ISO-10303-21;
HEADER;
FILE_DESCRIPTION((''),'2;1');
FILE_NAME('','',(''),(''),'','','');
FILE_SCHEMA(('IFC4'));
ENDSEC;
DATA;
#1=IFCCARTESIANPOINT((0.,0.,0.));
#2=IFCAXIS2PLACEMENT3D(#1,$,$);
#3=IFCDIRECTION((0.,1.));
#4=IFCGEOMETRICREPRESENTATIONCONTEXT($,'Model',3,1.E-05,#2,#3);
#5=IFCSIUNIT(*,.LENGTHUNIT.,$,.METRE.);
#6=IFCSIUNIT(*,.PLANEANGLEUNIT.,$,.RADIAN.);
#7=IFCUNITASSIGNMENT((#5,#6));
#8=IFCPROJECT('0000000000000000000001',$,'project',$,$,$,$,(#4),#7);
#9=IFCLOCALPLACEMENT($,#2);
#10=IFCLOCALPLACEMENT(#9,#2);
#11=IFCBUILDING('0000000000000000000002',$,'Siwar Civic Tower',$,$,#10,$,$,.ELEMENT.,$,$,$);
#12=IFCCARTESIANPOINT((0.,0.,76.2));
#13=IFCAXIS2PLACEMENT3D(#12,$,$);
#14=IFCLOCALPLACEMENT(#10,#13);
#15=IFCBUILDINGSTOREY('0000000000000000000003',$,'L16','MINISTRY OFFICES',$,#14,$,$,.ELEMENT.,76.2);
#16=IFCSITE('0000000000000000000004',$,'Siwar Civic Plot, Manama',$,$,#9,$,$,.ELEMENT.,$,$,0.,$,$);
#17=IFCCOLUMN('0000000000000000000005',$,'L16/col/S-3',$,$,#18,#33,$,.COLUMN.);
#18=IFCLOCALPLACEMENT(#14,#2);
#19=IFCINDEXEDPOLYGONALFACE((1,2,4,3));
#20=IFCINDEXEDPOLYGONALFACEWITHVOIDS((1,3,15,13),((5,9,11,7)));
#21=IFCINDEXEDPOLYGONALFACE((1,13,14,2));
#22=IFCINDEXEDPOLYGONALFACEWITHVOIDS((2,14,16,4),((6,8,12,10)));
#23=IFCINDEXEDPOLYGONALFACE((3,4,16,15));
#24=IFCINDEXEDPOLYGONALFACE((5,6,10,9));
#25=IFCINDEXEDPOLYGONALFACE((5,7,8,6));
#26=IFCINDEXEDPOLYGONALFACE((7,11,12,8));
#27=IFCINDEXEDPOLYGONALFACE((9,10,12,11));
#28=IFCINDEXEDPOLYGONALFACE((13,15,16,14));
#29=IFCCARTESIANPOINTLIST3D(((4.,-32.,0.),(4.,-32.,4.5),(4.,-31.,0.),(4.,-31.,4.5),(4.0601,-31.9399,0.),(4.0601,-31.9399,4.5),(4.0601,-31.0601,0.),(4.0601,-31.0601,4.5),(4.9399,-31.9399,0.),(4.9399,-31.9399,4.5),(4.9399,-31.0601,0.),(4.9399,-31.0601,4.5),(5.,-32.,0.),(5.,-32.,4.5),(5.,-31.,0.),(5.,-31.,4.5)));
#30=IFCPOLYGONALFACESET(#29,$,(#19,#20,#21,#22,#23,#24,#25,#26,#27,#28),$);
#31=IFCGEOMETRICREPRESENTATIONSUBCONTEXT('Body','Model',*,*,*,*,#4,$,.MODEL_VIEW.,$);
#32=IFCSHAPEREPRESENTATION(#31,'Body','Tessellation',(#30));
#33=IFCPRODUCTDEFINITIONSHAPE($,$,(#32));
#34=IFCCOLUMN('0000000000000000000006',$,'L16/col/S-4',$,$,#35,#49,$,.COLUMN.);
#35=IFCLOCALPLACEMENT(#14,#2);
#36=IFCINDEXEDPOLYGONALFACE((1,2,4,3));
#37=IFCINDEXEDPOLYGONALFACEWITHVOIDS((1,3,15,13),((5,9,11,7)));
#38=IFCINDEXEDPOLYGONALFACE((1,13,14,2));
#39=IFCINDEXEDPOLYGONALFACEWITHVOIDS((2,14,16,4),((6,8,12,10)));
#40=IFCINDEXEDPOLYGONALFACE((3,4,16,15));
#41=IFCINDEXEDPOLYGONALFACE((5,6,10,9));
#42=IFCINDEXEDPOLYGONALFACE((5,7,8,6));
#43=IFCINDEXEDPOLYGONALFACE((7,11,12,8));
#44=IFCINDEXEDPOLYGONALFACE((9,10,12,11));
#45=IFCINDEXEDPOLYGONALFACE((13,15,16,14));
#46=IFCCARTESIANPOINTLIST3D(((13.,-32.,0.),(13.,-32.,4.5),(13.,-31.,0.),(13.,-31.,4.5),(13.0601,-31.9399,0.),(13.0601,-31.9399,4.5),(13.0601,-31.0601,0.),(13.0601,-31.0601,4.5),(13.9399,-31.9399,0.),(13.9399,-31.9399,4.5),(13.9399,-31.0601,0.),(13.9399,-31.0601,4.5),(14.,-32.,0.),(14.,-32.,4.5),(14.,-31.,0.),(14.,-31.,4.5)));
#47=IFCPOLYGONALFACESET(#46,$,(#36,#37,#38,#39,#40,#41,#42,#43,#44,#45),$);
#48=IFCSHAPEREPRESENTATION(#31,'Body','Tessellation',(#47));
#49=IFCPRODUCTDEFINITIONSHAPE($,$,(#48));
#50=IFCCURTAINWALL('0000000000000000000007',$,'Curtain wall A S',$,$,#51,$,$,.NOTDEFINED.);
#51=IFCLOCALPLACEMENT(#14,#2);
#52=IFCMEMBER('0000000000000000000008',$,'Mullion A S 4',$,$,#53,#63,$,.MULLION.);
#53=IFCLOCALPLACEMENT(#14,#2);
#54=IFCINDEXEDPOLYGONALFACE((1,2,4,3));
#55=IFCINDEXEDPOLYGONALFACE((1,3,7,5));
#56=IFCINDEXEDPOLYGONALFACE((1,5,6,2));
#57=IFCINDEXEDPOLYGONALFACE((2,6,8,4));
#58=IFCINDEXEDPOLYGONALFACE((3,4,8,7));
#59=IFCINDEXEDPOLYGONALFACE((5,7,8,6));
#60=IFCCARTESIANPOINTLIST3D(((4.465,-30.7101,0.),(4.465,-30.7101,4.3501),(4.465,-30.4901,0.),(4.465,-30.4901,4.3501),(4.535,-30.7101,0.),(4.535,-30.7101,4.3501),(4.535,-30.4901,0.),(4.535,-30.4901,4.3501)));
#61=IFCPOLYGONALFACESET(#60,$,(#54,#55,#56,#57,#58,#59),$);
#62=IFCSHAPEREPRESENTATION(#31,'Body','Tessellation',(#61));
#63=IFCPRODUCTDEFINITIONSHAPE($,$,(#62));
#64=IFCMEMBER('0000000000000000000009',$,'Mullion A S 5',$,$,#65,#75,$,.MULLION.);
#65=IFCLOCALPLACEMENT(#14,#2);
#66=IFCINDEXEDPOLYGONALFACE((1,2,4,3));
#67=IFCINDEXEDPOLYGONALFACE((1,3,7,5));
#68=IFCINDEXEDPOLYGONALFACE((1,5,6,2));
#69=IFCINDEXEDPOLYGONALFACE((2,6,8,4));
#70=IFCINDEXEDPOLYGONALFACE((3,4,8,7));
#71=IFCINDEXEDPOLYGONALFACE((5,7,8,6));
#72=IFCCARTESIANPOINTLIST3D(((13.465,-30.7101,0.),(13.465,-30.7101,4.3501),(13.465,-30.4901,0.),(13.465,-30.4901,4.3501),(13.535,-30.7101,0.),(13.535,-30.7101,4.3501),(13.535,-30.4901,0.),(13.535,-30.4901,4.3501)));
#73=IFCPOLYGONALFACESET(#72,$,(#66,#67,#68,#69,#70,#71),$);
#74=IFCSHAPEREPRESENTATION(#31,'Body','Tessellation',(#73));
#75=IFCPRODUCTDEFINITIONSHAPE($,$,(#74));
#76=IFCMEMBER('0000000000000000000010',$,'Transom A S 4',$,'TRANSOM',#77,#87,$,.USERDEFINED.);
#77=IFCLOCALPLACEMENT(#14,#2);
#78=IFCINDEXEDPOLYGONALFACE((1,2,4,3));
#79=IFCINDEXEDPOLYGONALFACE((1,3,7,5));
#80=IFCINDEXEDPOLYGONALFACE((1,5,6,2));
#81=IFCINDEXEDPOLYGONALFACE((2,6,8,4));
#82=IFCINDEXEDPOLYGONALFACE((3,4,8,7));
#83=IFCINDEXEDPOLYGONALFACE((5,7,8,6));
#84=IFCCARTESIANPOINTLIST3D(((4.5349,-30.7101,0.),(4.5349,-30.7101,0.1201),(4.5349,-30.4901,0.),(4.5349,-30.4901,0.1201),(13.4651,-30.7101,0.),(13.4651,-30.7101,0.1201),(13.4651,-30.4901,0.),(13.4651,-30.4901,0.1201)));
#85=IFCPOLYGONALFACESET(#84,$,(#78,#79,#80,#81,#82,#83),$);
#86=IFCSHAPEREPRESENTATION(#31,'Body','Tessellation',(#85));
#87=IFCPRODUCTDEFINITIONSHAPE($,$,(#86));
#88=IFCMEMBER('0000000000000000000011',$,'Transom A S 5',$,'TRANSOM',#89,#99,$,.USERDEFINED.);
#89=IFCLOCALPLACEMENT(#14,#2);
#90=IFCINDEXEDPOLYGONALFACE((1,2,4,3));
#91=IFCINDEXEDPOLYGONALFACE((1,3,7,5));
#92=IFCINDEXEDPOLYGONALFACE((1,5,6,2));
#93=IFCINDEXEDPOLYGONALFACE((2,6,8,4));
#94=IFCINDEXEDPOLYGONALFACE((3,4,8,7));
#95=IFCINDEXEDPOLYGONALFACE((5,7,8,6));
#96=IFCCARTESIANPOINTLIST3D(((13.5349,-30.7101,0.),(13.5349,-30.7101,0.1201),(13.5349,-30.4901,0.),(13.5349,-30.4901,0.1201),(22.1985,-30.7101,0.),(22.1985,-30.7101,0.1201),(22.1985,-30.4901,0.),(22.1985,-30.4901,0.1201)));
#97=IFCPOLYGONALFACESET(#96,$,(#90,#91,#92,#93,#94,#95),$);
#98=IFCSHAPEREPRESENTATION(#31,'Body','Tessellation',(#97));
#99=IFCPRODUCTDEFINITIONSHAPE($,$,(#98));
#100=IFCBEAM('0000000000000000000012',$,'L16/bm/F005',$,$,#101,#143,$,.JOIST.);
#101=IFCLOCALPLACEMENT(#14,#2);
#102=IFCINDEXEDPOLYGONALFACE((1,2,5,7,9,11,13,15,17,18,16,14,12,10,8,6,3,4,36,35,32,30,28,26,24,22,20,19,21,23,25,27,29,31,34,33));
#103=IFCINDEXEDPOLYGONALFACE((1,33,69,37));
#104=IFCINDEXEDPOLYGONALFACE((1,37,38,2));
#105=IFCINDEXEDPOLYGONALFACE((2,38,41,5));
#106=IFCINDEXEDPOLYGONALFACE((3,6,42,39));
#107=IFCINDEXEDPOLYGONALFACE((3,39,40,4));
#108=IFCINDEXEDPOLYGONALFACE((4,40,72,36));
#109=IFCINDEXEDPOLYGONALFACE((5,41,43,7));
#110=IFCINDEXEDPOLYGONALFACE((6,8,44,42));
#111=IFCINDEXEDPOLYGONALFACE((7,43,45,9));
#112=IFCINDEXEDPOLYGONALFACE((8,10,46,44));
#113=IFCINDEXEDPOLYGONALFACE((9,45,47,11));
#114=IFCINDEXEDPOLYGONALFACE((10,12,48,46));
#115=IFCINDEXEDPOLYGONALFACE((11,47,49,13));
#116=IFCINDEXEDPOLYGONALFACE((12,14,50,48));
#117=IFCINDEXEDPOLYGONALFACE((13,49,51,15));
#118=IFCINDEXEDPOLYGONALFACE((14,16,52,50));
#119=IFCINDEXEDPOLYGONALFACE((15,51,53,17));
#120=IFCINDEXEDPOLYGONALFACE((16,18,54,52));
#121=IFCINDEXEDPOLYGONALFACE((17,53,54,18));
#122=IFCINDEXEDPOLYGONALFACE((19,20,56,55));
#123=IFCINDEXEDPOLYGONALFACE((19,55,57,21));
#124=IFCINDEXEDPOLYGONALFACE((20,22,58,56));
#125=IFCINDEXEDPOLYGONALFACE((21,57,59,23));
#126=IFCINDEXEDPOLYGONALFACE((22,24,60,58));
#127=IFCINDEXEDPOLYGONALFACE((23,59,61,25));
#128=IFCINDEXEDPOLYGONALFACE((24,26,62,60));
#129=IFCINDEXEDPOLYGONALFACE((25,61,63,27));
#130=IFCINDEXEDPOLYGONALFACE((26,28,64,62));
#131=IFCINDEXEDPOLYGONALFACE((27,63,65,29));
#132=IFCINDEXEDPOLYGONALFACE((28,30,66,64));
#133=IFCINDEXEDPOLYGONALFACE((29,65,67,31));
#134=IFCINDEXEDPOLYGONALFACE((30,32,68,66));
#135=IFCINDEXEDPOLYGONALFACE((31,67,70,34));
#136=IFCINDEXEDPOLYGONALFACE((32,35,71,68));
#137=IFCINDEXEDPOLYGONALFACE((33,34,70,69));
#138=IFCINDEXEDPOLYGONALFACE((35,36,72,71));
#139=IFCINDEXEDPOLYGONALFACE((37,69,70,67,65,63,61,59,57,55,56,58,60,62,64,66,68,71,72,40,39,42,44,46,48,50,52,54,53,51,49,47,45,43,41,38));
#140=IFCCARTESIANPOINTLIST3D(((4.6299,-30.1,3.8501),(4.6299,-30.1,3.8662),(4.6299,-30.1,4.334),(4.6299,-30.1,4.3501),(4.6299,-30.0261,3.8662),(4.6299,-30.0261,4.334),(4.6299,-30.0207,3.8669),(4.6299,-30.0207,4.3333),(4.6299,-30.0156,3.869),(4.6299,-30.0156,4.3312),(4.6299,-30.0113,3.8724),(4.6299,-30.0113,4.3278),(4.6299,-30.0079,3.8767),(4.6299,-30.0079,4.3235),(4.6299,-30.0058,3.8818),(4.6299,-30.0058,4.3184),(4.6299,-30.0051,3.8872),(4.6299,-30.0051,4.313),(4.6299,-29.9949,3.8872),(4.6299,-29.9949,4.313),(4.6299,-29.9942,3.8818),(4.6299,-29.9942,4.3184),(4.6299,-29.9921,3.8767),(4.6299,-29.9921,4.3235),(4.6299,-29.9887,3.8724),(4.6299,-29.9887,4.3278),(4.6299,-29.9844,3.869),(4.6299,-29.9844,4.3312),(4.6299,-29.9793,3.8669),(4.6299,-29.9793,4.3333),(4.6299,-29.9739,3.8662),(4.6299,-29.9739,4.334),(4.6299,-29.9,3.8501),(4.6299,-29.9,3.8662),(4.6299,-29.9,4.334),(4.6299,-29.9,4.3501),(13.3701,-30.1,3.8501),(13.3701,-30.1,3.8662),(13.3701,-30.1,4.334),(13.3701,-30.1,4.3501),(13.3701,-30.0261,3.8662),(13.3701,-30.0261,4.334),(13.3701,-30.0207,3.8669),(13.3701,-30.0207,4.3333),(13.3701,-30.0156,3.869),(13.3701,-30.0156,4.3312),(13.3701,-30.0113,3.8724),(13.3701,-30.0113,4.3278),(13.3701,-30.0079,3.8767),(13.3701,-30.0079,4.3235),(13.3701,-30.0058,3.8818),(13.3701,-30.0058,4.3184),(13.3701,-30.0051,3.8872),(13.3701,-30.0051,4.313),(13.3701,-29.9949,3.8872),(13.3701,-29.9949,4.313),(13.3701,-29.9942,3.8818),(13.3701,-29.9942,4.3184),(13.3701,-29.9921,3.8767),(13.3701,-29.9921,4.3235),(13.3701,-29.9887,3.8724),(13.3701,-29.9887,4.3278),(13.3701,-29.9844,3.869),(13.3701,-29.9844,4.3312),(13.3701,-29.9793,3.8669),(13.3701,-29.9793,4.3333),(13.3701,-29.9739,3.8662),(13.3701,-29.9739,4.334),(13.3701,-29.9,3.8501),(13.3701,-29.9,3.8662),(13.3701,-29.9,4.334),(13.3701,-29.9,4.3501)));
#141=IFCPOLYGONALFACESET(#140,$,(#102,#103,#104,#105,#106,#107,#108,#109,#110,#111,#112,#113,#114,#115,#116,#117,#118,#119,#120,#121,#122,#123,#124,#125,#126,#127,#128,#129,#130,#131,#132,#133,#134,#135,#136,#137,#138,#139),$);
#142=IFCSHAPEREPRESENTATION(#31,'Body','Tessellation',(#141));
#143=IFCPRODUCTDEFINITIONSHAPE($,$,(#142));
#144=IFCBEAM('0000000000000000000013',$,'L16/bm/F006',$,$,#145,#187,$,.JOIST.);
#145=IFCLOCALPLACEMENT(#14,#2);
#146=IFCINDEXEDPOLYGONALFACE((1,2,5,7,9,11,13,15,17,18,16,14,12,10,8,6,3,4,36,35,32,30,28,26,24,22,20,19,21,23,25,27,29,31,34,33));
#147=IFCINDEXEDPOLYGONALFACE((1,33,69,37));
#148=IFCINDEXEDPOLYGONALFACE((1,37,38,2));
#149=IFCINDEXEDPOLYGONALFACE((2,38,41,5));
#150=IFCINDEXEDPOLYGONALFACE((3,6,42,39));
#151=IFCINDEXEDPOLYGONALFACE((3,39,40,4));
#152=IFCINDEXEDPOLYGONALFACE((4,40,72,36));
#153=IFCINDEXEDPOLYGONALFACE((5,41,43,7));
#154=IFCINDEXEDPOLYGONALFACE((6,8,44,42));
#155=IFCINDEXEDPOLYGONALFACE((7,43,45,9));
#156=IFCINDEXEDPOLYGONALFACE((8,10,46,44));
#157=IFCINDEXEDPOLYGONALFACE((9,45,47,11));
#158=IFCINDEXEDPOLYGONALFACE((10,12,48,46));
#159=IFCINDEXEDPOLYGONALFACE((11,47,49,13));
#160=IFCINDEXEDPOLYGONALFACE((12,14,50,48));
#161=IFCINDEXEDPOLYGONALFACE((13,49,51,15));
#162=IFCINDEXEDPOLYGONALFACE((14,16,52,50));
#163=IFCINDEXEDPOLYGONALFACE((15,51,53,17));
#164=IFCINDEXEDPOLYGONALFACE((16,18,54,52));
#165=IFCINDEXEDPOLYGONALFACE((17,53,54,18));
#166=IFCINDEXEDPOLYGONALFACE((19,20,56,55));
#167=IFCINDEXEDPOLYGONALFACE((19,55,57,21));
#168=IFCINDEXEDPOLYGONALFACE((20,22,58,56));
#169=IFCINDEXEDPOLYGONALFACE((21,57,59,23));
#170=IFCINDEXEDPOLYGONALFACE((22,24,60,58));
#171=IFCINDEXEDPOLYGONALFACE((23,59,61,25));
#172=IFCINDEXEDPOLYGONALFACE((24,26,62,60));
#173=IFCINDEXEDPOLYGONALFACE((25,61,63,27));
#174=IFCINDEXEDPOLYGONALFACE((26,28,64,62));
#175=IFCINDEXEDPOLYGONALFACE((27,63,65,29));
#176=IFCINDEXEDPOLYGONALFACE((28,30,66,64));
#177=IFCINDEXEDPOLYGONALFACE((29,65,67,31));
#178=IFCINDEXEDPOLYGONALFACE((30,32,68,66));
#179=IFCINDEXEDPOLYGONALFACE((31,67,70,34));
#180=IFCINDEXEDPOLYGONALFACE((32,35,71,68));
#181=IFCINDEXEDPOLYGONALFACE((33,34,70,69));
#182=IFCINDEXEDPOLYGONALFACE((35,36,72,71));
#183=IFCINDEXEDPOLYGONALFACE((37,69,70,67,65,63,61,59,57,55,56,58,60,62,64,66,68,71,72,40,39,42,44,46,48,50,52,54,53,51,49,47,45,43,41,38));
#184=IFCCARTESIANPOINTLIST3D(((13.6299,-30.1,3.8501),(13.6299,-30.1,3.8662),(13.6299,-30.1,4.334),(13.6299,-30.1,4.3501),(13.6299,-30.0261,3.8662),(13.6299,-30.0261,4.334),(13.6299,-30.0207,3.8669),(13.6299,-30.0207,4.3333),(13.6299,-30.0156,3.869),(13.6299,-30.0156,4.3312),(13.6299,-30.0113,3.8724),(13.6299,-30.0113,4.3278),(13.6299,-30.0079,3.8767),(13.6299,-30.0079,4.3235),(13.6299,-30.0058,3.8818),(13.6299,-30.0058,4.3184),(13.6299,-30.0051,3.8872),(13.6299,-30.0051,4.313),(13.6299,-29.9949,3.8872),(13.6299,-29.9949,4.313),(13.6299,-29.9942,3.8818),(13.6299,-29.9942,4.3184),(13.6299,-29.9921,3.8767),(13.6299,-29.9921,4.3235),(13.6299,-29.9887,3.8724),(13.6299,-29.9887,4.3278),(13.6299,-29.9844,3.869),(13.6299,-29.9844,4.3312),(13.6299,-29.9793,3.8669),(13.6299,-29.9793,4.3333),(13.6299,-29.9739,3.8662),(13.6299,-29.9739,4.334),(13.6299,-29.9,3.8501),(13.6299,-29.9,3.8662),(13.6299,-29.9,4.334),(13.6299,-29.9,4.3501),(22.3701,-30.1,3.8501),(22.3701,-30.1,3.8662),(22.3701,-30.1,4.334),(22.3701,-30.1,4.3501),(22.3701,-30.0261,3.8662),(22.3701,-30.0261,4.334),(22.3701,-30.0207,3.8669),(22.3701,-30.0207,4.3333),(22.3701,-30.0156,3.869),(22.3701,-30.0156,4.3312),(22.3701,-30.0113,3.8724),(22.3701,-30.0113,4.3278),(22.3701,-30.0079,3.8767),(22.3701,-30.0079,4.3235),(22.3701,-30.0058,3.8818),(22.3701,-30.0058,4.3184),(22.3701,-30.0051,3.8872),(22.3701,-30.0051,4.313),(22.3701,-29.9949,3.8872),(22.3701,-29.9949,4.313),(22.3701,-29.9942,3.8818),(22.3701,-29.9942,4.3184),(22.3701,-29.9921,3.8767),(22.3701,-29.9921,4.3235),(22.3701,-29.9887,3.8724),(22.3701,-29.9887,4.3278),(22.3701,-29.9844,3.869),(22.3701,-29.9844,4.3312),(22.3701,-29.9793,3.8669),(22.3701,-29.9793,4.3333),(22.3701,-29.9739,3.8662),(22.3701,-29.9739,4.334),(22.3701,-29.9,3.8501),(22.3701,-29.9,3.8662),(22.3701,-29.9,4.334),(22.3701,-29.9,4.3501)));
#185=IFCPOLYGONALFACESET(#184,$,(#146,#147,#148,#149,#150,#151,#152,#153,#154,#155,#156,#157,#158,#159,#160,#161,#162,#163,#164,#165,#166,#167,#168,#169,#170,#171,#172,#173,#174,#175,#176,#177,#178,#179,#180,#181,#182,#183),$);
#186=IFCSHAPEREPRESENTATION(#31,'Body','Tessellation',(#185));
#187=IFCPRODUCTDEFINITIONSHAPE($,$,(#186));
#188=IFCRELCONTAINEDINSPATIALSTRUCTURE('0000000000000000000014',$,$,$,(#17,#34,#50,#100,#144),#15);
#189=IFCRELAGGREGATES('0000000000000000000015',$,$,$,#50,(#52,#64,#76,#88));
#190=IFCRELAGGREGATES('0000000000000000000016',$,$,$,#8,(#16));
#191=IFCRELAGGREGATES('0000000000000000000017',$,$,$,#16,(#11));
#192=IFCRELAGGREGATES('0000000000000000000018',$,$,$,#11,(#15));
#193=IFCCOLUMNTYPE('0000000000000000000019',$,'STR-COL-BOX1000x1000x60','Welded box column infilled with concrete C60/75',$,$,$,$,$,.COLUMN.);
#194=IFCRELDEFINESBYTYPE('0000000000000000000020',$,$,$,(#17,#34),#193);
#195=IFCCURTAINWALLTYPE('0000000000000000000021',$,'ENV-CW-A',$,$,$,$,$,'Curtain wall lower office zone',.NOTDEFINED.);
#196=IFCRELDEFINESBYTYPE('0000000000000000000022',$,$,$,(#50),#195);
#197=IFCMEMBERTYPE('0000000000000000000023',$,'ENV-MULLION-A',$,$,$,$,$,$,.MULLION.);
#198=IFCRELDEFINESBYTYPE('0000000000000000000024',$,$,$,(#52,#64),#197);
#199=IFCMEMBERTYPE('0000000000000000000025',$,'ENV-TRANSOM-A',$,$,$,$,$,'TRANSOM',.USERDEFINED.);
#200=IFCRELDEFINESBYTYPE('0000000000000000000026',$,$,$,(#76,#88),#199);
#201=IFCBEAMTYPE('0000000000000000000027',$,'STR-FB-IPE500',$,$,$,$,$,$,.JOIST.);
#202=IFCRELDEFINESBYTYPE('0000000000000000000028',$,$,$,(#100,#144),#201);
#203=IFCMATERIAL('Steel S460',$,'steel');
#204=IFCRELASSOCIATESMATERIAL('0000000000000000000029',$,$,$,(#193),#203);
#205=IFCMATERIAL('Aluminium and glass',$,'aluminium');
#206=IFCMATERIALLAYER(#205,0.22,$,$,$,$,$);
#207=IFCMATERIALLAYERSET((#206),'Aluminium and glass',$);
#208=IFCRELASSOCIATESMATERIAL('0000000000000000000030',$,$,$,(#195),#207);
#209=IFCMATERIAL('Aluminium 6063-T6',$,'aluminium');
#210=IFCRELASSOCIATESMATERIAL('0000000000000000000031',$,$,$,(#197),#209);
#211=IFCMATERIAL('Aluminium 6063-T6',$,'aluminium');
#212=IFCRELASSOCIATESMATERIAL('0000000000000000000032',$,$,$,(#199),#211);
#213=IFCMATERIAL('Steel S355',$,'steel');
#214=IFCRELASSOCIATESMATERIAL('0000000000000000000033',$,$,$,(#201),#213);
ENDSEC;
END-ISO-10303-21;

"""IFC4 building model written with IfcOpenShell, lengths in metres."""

from ifc_helpers import new_model, si_unit, direction, frame, origin, origin_2d, place, context, subcontext, project, spatial, rectangle, hollow_rectangle, i_section, extrude, material, layer, layer_set, material_profile, profile_set, type_object, element, aggregate, save


model = new_model("IFC4")

# Units and contexts
model_context = context("Model", 3, precision=1e-05, world=origin(), true_north=direction((0.0, 1.0)))
body_context = subcontext(model_context, "Body", "Model", "MODEL_VIEW")
ifc_project = project(units=[si_unit("LENGTHUNIT", "METRE"), si_unit("PLANEANGLEUNIT", "RADIAN")], contexts=[model_context])

# Site, building, storey
site_placement = place(None, origin())
site = spatial("IfcSite", under=ifc_project, at=site_placement, Name="Siwar Civic Plot, Manama", CompositionType="ELEMENT", RefElevation=0.0)
building_placement = place(site_placement, origin())
building = spatial("IfcBuilding", under=site, at=building_placement, Name="Siwar Civic Tower", CompositionType="ELEMENT")
storey_placement = place(building_placement, frame((0.0, 0.0, 76.2)))
storey = spatial("IfcBuildingStorey", under=building, at=storey_placement, Name="L16", Description="MINISTRY OFFICES", CompositionType="ELEMENT", Elevation=76.2)

# Columns
ifc_material_1 = material(Name="Steel S460", Category="steel")
ifc_material_profile_1 = material_profile(ifc_material_1, hollow_rectangle(XDim=1.0, YDim=1.0, WallThickness=0.0601, at=origin_2d()), Name="BOX1000x1000x60")
ifc_profile_set_1 = profile_set([ifc_material_profile_1], Name="Steel S460")
column_type = type_object("IfcColumnType", Name="STR-COL-BOX1000x1000x60", Description="Welded box column infilled with concrete C60/75", PredefinedType="COLUMN", material=ifc_profile_set_1)
for number, where, z_axis, x_axis, name in (
    (1, (4.5, -31.5, 0.0), (0.0, 0.0, 1.0), (1.0, 0.0, 0.0), "L16/col/S-3"),
    (2, (13.5, -31.5, 0.0), (0.0, 0.0, 1.0), (1.0, 0.0, 0.0), "L16/col/S-4"),
):
    element("IfcColumn", number, at=place(storey_placement, frame(where, z_axis=z_axis, x_axis=x_axis)), inside=storey, type_object=column_type, Name=name, PredefinedType="COLUMN", context=body_context, shape_type="SweptSolid", body=[
        extrude(hollow_rectangle(XDim=1.0, YDim=1.0, WallThickness=0.0601, at=origin_2d()), origin(), (0.0, 0.0, 1.0), 4.5),
    ])

# Curtain wall, members
ifc_material_2 = material(Name="Aluminium and glass", Category="aluminium")
ifc_layer_1 = layer(ifc_material_2, 0.22)
ifc_layer_set_1 = layer_set([ifc_layer_1], Name="Aluminium and glass")
curtain_wall_type = type_object("IfcCurtainWallType", Name="ENV-CW-A", ElementType="Curtain wall lower office zone", PredefinedType="NOTDEFINED", material=ifc_layer_set_1)
curtain_wall_placement = place(storey_placement, origin())
curtain_wall = element("IfcCurtainWall", 3, at=curtain_wall_placement, inside=storey, type_object=curtain_wall_type, Name="Curtain wall A S", PredefinedType="NOTDEFINED")
ifc_material_3 = material(Name="Aluminium 6063-T6", Category="aluminium")
ifc_material_profile_2 = material_profile(ifc_material_3, rectangle(XDim=0.22, YDim=0.0701, at=origin_2d()), Name="AL 220x70")
ifc_profile_set_2 = profile_set([ifc_material_profile_2], Name="Aluminium 6063-T6")
member_type_1 = type_object("IfcMemberType", Name="ENV-MULLION-A", PredefinedType="MULLION", material=ifc_profile_set_2)
member_1_placement = place(storey_placement, frame((4.5, -30.6001, 0.0), z_axis=(0.0, 0.0, 1.0), x_axis=(0.0, 1.0, 0.0)))
member_1 = element("IfcMember", 4, at=member_1_placement, type_object=member_type_1, Name="Mullion A S 4", PredefinedType="MULLION", context=body_context, shape_type="SweptSolid", body=[
    extrude(rectangle(XDim=0.22, YDim=0.0701, at=origin_2d()), origin(), (0.0, 0.0, 1.0), 4.3501),
])
member_2_placement = place(storey_placement, frame((13.5, -30.6001, 0.0), z_axis=(0.0, 0.0, 1.0), x_axis=(0.0, 1.0, 0.0)))
member_2 = element("IfcMember", 5, at=member_2_placement, type_object=member_type_1, Name="Mullion A S 5", PredefinedType="MULLION", context=body_context, shape_type="SweptSolid", body=[
    extrude(rectangle(XDim=0.22, YDim=0.0701, at=origin_2d()), origin(), (0.0, 0.0, 1.0), 4.3501),
])
ifc_material_4 = material(Name="Aluminium 6063-T6", Category="aluminium")
ifc_material_profile_3 = material_profile(ifc_material_4, rectangle(XDim=0.22, YDim=0.1201, at=origin_2d()), Name="AL 220x120")
ifc_profile_set_3 = profile_set([ifc_material_profile_3], Name="Aluminium 6063-T6")
member_type_2 = type_object("IfcMemberType", Name="ENV-TRANSOM-A", ElementType="TRANSOM", PredefinedType="USERDEFINED", material=ifc_profile_set_3)
member_3_placement = place(storey_placement, frame((4.5349, -30.6001, 0.0601), z_axis=(1.0, 0.0, 0.0), x_axis=(0.0, 1.0, 0.0)))
member_3 = element("IfcMember", 6, at=member_3_placement, type_object=member_type_2, Name="Transom A S 4", ObjectType="TRANSOM", PredefinedType="USERDEFINED", context=body_context, shape_type="SweptSolid", body=[
    extrude(rectangle(XDim=0.22, YDim=0.1201, at=origin_2d()), origin(), (0.0, 0.0, 1.0), 8.9302),
])
member_4_placement = place(storey_placement, frame((13.5349, -30.6001, 0.0601), z_axis=(1.0, 0.0, 0.0), x_axis=(0.0, 1.0, 0.0)))
member_4 = element("IfcMember", 7, at=member_4_placement, type_object=member_type_2, Name="Transom A S 5", ObjectType="TRANSOM", PredefinedType="USERDEFINED", context=body_context, shape_type="SweptSolid", body=[
    extrude(rectangle(XDim=0.22, YDim=0.1201, at=origin_2d()), origin(), (0.0, 0.0, 1.0), 8.6636),
])

# Beams
ifc_material_5 = material(Name="Steel S355", Category="steel")
ifc_material_profile_4 = material_profile(ifc_material_5, i_section(OverallWidth=0.2, OverallDepth=0.5, WebThickness=0.0103, FlangeThickness=0.0161, FilletRadius=0.021, at=origin_2d()), Name="IPE500")
ifc_profile_set_4 = profile_set([ifc_material_profile_4], Name="Steel S355")
beam_type_1 = type_object("IfcBeamType", Name="STR-FB-IPE500", PredefinedType="JOIST", material=ifc_profile_set_4)
for number, where, z_axis, x_axis, name in (
    (8, (4.6299, -30.0, 4.1001), (1.0, 0.0, 0.0), (0.0, 1.0, 0.0), "L16/bm/F005"),
    (9, (13.6299, -30.0, 4.1001), (1.0, 0.0, 0.0), (0.0, 1.0, 0.0), "L16/bm/F006"),
):
    element("IfcBeam", number, at=place(storey_placement, frame(where, z_axis=z_axis, x_axis=x_axis)), inside=storey, type_object=beam_type_1, Name=name, PredefinedType="JOIST", context=body_context, shape_type="SweptSolid", body=[
        extrude(i_section(OverallWidth=0.2, OverallDepth=0.5, WebThickness=0.0103, FlangeThickness=0.0161, FilletRadius=0.021, at=origin_2d()), origin(), (0.0, 0.0, 1.0), 8.7402),
    ])

aggregate(curtain_wall, [member_1, member_2, member_3, member_4])

save(model, "model.ifc")
